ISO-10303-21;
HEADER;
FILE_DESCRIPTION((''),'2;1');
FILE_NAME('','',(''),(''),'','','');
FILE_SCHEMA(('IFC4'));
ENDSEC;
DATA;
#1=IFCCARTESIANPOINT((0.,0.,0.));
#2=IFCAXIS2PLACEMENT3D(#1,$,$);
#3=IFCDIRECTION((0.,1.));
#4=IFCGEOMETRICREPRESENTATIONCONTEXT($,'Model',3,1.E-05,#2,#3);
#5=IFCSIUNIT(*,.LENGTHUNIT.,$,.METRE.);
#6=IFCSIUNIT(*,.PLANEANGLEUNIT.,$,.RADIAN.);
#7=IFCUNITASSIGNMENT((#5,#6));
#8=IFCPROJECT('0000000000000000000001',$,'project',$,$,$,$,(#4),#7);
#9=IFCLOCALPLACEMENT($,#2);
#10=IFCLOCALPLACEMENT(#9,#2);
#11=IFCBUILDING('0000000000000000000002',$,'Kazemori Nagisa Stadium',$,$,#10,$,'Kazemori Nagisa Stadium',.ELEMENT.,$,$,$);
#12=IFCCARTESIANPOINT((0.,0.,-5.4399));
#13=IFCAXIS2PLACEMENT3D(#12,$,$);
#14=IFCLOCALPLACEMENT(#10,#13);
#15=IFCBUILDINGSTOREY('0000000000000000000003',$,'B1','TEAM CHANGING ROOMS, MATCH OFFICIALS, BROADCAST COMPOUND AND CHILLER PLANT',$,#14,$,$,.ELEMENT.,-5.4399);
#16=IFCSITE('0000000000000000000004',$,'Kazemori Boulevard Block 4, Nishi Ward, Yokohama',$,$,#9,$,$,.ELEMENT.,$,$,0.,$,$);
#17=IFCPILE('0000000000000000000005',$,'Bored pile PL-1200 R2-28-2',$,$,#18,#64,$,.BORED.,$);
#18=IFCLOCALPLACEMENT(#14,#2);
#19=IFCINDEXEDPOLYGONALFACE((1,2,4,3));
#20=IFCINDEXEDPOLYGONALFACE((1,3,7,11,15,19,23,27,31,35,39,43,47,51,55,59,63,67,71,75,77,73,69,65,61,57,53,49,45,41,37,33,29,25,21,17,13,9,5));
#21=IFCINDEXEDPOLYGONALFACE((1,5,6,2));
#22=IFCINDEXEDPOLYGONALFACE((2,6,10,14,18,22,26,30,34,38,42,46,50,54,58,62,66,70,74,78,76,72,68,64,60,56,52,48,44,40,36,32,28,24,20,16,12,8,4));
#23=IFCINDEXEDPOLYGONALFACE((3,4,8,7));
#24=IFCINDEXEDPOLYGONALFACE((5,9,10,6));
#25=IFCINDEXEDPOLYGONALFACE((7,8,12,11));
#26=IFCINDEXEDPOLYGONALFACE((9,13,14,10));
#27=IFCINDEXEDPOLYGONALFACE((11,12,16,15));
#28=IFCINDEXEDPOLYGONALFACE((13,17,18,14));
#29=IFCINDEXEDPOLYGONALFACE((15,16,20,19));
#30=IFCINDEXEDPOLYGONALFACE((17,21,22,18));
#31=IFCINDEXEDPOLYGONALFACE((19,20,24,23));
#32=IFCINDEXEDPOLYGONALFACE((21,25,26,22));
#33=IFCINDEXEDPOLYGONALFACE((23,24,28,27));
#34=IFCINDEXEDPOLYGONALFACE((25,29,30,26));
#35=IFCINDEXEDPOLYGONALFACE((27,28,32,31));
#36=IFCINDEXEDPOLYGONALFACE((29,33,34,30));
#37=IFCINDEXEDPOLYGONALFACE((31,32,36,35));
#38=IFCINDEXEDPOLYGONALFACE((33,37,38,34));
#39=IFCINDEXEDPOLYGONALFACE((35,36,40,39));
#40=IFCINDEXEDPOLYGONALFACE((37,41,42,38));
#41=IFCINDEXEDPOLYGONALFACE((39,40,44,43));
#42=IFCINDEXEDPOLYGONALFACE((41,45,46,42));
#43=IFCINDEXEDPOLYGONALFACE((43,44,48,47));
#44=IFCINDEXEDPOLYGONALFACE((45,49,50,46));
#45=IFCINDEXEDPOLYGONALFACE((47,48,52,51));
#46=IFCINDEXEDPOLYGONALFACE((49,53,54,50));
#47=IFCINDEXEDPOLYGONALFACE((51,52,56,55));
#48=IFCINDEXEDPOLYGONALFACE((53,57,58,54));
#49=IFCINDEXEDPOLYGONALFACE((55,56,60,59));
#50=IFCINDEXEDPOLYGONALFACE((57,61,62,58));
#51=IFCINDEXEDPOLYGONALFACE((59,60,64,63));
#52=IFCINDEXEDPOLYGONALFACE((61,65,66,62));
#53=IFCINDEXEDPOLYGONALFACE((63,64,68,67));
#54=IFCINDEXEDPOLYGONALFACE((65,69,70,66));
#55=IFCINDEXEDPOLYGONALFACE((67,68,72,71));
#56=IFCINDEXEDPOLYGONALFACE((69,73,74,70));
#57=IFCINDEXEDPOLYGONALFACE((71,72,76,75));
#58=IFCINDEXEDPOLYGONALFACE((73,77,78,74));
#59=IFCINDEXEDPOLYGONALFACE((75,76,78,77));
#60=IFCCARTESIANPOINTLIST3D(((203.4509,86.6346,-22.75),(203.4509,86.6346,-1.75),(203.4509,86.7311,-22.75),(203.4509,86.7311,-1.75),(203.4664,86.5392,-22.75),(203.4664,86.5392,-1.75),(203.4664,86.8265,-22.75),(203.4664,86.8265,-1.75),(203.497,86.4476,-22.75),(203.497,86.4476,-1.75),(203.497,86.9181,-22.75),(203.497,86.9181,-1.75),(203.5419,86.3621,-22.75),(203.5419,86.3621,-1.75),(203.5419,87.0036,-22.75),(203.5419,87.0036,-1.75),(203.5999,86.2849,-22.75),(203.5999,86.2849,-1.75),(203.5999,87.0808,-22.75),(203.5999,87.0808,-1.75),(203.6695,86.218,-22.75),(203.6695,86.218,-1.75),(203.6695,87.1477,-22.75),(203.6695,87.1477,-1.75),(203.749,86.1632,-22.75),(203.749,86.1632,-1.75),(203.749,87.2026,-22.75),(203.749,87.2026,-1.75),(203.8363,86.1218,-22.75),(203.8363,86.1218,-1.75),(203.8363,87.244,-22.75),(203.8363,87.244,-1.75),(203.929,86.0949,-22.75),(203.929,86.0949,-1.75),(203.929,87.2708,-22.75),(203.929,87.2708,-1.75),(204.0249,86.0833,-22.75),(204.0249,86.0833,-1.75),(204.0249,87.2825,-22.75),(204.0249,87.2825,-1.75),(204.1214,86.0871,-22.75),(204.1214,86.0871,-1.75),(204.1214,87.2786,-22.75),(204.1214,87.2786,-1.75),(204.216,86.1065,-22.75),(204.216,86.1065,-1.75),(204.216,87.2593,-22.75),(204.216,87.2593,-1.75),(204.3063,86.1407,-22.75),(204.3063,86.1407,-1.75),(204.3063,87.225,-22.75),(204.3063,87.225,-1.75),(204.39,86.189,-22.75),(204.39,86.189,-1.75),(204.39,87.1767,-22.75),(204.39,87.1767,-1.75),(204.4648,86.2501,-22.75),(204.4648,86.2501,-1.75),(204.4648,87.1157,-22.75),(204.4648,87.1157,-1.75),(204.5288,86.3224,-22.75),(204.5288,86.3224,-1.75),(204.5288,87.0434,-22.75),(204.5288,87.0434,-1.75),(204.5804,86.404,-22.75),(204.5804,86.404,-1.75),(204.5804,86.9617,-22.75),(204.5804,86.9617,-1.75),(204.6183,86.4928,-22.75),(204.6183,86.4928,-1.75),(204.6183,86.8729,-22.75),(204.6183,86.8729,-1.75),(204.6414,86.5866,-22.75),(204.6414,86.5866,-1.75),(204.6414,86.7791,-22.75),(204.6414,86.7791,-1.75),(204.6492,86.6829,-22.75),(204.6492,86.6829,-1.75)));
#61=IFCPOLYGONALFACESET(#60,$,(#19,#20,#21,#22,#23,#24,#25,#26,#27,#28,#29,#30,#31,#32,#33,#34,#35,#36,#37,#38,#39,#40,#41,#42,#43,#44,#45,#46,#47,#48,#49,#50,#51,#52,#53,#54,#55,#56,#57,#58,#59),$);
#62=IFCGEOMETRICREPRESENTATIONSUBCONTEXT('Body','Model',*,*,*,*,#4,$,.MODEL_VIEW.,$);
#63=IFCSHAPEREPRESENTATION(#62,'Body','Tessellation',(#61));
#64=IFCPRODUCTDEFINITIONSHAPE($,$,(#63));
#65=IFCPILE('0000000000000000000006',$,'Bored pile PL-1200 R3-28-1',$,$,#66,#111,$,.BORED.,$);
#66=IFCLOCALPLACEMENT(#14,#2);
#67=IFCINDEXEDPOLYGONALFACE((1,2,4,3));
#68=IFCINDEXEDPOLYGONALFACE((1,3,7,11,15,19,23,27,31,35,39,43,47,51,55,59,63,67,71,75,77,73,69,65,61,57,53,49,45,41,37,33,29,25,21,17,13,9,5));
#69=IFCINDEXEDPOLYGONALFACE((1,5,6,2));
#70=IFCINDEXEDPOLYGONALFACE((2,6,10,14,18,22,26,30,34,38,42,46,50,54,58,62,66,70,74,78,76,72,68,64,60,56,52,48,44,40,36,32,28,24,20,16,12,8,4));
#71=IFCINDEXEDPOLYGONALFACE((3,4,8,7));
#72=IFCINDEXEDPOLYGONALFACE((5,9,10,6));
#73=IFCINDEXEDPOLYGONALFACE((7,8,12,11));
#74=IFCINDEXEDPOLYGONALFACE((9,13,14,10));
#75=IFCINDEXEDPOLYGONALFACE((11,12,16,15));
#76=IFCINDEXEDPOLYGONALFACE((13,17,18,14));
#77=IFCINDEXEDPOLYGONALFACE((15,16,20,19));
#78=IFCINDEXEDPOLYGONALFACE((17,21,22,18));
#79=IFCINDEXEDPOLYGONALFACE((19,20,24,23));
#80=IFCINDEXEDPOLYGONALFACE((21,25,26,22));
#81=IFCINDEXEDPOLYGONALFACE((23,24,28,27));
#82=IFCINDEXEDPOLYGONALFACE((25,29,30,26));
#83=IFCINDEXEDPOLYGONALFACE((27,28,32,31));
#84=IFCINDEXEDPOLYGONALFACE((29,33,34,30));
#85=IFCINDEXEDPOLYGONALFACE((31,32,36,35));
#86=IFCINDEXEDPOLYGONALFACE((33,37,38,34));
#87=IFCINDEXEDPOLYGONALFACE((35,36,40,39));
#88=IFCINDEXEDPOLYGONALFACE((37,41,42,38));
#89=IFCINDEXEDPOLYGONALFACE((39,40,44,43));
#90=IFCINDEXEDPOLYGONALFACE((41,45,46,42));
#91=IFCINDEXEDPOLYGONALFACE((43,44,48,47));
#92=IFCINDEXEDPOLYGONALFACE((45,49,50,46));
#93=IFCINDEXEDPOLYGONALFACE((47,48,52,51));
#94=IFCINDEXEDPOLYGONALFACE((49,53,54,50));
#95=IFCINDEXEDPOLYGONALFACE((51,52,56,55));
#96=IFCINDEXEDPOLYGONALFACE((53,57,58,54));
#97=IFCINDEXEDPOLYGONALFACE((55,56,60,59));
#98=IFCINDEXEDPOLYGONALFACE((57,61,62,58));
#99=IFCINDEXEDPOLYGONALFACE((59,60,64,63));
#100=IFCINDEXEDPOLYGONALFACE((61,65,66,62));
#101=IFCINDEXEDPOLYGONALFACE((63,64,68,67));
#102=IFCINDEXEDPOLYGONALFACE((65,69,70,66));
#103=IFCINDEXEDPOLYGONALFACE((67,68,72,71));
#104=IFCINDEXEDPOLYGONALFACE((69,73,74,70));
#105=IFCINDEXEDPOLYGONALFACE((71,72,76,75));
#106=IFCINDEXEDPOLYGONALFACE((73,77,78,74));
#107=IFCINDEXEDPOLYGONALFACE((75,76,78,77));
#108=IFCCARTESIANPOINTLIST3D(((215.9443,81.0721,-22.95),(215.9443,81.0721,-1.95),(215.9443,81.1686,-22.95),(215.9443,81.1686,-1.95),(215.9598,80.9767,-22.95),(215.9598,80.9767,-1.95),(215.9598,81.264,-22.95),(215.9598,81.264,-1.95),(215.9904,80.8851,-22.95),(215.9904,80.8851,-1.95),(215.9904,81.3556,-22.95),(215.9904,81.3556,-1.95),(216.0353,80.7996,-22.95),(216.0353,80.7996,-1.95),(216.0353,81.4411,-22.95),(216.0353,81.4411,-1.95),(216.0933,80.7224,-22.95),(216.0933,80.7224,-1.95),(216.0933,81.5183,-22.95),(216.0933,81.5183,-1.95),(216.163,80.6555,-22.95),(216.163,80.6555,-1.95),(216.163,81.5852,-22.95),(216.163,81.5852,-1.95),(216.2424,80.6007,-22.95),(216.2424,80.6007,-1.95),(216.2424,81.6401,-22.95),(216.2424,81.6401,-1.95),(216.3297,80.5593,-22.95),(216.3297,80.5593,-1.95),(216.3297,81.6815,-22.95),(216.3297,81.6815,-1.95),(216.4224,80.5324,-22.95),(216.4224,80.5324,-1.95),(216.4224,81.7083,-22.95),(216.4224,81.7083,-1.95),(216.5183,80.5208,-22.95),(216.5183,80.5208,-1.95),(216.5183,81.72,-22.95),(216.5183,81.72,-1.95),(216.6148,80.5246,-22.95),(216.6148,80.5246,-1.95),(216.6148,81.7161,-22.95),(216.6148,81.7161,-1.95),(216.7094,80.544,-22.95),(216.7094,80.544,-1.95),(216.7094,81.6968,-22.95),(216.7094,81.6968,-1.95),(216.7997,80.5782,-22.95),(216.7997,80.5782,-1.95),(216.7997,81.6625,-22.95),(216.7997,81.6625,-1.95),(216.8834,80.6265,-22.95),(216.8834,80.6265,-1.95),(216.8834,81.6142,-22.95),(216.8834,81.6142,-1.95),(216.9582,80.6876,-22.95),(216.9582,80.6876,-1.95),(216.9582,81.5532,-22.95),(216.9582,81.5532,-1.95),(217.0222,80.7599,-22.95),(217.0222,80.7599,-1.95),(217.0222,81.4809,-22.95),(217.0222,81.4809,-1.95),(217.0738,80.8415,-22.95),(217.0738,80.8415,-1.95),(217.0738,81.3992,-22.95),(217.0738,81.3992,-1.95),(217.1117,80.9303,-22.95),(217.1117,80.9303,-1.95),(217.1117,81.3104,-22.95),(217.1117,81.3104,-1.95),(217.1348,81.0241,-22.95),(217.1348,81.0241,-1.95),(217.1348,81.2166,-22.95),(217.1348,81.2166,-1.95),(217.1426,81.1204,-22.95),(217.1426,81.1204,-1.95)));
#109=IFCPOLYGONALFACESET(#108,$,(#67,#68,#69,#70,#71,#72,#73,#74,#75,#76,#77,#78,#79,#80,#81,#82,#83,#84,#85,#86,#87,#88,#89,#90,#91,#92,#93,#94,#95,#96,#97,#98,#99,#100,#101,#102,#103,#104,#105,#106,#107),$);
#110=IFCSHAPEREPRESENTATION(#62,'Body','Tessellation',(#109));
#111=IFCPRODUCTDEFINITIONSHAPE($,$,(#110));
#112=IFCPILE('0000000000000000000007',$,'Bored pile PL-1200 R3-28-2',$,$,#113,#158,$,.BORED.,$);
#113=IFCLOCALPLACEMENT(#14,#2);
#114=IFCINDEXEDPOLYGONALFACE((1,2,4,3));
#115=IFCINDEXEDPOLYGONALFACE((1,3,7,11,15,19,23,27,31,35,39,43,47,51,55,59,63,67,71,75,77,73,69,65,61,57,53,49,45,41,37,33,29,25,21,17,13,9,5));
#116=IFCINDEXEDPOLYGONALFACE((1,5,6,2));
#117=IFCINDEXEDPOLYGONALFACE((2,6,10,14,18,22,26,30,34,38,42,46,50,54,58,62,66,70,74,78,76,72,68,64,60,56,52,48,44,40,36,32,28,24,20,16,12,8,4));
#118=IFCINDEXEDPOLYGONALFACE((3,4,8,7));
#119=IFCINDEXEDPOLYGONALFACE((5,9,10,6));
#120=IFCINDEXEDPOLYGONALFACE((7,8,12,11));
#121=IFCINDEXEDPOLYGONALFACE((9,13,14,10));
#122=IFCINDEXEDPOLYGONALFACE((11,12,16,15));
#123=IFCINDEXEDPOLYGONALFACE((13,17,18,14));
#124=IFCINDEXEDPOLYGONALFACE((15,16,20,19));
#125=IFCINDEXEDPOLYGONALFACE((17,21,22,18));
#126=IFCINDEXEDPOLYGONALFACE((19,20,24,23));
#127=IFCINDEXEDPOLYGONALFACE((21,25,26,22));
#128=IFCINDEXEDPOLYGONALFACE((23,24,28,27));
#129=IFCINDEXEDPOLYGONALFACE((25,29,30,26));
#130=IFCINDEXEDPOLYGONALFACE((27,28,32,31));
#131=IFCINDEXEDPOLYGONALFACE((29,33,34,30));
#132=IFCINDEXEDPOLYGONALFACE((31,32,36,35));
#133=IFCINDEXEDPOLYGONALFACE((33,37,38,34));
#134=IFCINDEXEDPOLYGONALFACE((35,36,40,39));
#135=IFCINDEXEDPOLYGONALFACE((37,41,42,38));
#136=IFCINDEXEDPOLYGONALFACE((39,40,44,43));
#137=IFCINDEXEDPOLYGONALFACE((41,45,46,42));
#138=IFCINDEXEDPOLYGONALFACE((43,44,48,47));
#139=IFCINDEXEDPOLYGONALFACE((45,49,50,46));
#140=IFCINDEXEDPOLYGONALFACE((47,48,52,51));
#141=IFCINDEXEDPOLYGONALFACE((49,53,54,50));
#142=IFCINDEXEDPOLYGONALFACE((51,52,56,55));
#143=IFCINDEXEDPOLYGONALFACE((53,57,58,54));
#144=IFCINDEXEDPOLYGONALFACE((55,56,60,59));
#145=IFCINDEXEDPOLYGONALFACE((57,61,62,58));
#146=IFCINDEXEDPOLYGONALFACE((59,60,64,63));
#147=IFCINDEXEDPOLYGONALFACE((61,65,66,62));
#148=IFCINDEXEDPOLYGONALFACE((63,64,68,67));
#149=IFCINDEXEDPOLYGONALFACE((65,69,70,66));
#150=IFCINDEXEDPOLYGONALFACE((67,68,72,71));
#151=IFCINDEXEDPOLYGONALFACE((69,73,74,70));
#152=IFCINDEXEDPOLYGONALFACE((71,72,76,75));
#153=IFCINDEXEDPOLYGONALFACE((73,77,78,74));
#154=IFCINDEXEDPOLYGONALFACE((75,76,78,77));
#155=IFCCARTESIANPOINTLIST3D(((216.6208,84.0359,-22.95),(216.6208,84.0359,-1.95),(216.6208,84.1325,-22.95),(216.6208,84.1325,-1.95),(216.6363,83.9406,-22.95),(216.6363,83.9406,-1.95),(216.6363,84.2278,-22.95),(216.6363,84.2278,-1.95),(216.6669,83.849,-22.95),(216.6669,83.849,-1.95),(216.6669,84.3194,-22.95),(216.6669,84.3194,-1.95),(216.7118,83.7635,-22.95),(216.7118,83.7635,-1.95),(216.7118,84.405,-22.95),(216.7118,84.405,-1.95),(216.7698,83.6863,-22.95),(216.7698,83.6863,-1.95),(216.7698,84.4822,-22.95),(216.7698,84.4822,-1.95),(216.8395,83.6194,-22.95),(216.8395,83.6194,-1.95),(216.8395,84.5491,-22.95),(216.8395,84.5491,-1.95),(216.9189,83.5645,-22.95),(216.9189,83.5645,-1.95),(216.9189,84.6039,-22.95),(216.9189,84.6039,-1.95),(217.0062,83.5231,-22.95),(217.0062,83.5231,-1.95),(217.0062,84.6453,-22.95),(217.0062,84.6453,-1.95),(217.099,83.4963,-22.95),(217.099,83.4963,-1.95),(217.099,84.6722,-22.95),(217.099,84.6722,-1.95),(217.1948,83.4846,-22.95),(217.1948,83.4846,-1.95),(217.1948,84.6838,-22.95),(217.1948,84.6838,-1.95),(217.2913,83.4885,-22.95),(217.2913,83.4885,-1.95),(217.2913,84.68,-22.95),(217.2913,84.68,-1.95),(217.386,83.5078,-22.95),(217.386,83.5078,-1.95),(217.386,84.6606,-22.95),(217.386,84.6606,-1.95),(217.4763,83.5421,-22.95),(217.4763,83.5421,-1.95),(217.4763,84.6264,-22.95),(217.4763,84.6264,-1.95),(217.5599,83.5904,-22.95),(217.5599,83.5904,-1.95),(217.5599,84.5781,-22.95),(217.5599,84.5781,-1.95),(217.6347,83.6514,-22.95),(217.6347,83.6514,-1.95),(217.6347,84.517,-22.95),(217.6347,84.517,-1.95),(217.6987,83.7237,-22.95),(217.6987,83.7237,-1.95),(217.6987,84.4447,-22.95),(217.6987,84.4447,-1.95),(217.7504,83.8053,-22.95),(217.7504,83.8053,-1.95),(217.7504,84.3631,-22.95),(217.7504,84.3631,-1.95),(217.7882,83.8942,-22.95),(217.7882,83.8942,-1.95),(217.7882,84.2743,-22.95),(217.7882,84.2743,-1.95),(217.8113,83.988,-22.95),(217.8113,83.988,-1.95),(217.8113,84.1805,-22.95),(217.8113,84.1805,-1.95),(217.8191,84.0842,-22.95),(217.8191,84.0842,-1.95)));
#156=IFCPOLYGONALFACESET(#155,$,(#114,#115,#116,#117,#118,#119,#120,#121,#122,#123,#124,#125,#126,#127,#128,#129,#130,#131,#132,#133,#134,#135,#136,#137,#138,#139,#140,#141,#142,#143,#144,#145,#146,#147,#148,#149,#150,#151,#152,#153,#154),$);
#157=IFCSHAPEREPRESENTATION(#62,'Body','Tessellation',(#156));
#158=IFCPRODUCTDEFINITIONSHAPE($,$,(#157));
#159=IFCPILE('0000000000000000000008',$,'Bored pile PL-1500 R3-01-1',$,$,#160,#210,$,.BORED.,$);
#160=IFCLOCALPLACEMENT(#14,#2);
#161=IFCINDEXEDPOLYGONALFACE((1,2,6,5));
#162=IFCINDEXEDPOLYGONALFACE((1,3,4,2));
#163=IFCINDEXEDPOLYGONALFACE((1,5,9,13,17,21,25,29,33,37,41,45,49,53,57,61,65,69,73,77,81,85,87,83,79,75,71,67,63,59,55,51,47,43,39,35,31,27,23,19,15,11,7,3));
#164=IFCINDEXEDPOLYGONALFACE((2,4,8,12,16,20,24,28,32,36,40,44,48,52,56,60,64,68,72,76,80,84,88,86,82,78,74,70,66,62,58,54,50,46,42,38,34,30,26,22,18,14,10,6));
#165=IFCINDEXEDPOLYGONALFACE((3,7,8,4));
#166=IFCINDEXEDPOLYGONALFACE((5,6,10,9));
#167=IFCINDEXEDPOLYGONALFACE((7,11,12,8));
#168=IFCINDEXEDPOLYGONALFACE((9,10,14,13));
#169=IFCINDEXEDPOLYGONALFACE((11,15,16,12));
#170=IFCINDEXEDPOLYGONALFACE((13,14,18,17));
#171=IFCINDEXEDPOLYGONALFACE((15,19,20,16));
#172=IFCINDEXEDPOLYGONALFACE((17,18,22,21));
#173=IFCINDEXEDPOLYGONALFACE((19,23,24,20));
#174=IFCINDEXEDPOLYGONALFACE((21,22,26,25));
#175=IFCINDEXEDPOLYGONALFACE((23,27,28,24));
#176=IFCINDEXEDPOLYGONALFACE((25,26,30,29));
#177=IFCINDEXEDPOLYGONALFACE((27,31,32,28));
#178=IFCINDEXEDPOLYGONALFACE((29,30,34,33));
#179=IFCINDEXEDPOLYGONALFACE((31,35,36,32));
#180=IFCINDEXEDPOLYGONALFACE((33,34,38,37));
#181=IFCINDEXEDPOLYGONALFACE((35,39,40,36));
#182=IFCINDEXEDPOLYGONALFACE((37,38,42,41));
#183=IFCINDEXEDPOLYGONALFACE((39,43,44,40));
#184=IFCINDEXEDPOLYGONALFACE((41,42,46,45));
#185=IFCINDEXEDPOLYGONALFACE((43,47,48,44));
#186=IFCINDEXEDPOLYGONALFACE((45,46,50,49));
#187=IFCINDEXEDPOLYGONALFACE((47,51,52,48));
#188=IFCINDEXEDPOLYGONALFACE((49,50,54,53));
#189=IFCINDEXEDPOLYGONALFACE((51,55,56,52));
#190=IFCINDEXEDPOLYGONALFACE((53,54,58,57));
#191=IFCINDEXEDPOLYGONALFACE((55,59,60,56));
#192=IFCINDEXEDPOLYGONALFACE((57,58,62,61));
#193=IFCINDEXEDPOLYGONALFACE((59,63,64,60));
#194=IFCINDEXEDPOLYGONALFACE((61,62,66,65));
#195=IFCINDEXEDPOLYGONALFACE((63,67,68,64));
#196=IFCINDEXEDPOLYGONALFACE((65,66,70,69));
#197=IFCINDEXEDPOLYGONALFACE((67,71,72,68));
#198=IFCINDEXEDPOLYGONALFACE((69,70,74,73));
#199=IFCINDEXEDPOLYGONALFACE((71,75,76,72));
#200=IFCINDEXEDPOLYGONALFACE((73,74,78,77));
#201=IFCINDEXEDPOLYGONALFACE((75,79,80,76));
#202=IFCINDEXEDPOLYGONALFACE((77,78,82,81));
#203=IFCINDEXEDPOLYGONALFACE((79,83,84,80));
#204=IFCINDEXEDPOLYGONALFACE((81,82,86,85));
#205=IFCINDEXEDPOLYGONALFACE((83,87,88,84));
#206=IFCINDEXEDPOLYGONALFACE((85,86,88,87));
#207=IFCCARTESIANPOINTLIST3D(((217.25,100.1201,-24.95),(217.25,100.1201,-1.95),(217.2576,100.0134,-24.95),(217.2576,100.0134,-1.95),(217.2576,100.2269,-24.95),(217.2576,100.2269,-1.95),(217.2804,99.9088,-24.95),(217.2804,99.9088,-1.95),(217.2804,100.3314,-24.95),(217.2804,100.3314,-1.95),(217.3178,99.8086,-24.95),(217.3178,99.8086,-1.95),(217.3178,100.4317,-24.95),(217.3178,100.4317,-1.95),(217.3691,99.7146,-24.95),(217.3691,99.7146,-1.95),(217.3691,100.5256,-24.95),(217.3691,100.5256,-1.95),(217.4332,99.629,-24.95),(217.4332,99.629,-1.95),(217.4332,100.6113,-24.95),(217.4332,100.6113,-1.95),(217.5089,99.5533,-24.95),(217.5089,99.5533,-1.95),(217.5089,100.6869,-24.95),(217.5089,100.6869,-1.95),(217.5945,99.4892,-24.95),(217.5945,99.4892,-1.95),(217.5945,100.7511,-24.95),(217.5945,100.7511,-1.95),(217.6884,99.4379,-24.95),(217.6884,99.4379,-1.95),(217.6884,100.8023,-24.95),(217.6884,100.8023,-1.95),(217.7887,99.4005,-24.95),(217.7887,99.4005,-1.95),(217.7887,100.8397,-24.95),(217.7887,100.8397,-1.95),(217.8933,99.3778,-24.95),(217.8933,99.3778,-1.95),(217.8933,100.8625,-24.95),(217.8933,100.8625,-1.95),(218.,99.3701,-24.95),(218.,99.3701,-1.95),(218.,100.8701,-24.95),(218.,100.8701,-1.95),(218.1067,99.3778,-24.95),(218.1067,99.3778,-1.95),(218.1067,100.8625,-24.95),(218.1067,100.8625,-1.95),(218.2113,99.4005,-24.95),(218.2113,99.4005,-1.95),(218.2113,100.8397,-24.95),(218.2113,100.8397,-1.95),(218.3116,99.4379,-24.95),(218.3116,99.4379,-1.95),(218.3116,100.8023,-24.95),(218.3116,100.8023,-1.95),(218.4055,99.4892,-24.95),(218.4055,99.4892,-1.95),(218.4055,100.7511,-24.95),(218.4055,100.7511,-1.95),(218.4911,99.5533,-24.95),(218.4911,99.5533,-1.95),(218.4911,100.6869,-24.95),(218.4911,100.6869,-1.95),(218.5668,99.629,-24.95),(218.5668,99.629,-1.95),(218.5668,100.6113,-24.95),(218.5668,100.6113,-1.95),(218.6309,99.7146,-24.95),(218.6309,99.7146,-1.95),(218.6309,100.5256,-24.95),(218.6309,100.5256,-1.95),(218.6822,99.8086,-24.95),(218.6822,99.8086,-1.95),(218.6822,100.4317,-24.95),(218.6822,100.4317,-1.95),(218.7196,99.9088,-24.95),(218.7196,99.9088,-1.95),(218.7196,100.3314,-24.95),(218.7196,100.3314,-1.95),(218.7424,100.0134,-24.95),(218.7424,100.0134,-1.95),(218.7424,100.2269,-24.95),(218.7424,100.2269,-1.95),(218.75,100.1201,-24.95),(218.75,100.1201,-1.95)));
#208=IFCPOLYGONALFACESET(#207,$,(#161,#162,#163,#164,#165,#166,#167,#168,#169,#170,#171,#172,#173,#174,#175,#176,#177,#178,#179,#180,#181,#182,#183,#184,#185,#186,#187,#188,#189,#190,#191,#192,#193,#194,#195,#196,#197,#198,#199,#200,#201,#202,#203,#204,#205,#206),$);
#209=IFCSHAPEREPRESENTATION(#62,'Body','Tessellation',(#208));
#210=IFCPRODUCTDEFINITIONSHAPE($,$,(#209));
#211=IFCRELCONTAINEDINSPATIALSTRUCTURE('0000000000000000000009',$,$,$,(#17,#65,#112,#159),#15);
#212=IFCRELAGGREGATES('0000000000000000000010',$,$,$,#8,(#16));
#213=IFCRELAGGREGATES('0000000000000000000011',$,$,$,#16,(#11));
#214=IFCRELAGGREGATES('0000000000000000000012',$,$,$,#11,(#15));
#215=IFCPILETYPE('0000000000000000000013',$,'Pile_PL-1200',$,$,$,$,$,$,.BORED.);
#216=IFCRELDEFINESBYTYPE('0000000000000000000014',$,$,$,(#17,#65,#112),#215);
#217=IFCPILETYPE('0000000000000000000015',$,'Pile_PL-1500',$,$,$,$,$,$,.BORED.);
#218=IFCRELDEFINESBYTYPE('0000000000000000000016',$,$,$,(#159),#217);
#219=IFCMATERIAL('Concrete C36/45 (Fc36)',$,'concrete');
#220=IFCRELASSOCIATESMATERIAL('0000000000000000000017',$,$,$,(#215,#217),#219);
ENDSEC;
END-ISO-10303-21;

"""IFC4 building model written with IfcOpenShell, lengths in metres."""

from ifc_helpers import new_model, si_unit, direction, frame, origin, origin_2d, place, context, subcontext, project, spatial, circle, extrude, material, material_profile, profile_set, type_object, element, save


model = new_model("IFC4")

# Units and contexts
model_context = context("Model", 3, precision=1e-05, world=origin(), true_north=direction((0.0, 1.0)))
body_context = subcontext(model_context, "Body", "Model", "MODEL_VIEW")
ifc_project = project(units=[si_unit("LENGTHUNIT", "METRE"), si_unit("PLANEANGLEUNIT", "RADIAN")], contexts=[model_context])

# Site, building, storey
site_placement = place(None, origin())
site = spatial("IfcSite", under=ifc_project, at=site_placement, Name="Kazemori Boulevard Block 4, Nishi Ward, Yokohama", CompositionType="ELEMENT", RefElevation=0.0)
building_placement = place(site_placement, origin())
building = spatial("IfcBuilding", under=site, at=building_placement, Name="Kazemori Nagisa Stadium", LongName="Kazemori Nagisa Stadium", CompositionType="ELEMENT")
storey_placement = place(building_placement, frame((0.0, 0.0, -5.4399)))
storey = spatial("IfcBuildingStorey", under=building, at=storey_placement, Name="B1", Description="TEAM CHANGING ROOMS, MATCH OFFICIALS, BROADCAST COMPOUND AND CHILLER PLANT", CompositionType="ELEMENT", Elevation=-5.4399)

# Piles
ifc_material_1 = material(Name="Concrete C36/45 (Fc36)", Category="concrete")
ifc_material_profile_1 = material_profile(ifc_material_1, circle(Radius=0.6001, at=origin_2d()), Name="PILE-D1200")
ifc_profile_set_1 = profile_set([ifc_material_profile_1], Name="Concrete C36/45 (Fc36)")
pile_type_1 = type_object("IfcPileType", Name="Pile_PL-1200", PredefinedType="BORED", material=ifc_profile_set_1)
for number, where, z_axis, x_axis, name in (
    (1, (204.0491, 86.6829, -1.75), (0.0, 0.0, -1.0), (1.0, 0.0, 0.0), "Bored pile PL-1200 R2-28-2"),
    (2, (216.5425, 81.1204, -1.95), (0.0, 0.0, -1.0), (1.0, 0.0, 0.0), "Bored pile PL-1200 R3-28-1"),
    (3, (217.219, 84.0842, -1.95), (0.0, 0.0, -1.0), (1.0, 0.0, 0.0), "Bored pile PL-1200 R3-28-2"),
):
    element("IfcPile", number, at=place(storey_placement, frame(where, z_axis=z_axis, x_axis=x_axis)), inside=storey, type_object=pile_type_1, Name=name, PredefinedType="BORED", context=body_context, shape_type="SweptSolid", body=[
        extrude(circle(Radius=0.6001, at=origin_2d()), origin(), (0.0, 0.0, 1.0), 21.0),
    ])
ifc_material_profile_2 = material_profile(ifc_material_1, circle(Radius=0.75, at=origin_2d()), Name="PILE-D1500")
ifc_profile_set_2 = profile_set([ifc_material_profile_2], Name="Concrete C36/45 (Fc36)")
pile_type_2 = type_object("IfcPileType", Name="Pile_PL-1500", PredefinedType="BORED", material=ifc_profile_set_2)
pile_placement = place(storey_placement, frame((218.0, 100.1201, -1.95), z_axis=(0.0, 0.0, -1.0), x_axis=(1.0, 0.0, 0.0)))
element("IfcPile", 4, at=pile_placement, inside=storey, type_object=pile_type_2, Name="Bored pile PL-1500 R3-01-1", PredefinedType="BORED", context=body_context, shape_type="SweptSolid", body=[
    extrude(circle(Radius=0.75, at=origin_2d()), origin(), (0.0, 0.0, 1.0), 23.0),
])

save(model, "model.ifc")
